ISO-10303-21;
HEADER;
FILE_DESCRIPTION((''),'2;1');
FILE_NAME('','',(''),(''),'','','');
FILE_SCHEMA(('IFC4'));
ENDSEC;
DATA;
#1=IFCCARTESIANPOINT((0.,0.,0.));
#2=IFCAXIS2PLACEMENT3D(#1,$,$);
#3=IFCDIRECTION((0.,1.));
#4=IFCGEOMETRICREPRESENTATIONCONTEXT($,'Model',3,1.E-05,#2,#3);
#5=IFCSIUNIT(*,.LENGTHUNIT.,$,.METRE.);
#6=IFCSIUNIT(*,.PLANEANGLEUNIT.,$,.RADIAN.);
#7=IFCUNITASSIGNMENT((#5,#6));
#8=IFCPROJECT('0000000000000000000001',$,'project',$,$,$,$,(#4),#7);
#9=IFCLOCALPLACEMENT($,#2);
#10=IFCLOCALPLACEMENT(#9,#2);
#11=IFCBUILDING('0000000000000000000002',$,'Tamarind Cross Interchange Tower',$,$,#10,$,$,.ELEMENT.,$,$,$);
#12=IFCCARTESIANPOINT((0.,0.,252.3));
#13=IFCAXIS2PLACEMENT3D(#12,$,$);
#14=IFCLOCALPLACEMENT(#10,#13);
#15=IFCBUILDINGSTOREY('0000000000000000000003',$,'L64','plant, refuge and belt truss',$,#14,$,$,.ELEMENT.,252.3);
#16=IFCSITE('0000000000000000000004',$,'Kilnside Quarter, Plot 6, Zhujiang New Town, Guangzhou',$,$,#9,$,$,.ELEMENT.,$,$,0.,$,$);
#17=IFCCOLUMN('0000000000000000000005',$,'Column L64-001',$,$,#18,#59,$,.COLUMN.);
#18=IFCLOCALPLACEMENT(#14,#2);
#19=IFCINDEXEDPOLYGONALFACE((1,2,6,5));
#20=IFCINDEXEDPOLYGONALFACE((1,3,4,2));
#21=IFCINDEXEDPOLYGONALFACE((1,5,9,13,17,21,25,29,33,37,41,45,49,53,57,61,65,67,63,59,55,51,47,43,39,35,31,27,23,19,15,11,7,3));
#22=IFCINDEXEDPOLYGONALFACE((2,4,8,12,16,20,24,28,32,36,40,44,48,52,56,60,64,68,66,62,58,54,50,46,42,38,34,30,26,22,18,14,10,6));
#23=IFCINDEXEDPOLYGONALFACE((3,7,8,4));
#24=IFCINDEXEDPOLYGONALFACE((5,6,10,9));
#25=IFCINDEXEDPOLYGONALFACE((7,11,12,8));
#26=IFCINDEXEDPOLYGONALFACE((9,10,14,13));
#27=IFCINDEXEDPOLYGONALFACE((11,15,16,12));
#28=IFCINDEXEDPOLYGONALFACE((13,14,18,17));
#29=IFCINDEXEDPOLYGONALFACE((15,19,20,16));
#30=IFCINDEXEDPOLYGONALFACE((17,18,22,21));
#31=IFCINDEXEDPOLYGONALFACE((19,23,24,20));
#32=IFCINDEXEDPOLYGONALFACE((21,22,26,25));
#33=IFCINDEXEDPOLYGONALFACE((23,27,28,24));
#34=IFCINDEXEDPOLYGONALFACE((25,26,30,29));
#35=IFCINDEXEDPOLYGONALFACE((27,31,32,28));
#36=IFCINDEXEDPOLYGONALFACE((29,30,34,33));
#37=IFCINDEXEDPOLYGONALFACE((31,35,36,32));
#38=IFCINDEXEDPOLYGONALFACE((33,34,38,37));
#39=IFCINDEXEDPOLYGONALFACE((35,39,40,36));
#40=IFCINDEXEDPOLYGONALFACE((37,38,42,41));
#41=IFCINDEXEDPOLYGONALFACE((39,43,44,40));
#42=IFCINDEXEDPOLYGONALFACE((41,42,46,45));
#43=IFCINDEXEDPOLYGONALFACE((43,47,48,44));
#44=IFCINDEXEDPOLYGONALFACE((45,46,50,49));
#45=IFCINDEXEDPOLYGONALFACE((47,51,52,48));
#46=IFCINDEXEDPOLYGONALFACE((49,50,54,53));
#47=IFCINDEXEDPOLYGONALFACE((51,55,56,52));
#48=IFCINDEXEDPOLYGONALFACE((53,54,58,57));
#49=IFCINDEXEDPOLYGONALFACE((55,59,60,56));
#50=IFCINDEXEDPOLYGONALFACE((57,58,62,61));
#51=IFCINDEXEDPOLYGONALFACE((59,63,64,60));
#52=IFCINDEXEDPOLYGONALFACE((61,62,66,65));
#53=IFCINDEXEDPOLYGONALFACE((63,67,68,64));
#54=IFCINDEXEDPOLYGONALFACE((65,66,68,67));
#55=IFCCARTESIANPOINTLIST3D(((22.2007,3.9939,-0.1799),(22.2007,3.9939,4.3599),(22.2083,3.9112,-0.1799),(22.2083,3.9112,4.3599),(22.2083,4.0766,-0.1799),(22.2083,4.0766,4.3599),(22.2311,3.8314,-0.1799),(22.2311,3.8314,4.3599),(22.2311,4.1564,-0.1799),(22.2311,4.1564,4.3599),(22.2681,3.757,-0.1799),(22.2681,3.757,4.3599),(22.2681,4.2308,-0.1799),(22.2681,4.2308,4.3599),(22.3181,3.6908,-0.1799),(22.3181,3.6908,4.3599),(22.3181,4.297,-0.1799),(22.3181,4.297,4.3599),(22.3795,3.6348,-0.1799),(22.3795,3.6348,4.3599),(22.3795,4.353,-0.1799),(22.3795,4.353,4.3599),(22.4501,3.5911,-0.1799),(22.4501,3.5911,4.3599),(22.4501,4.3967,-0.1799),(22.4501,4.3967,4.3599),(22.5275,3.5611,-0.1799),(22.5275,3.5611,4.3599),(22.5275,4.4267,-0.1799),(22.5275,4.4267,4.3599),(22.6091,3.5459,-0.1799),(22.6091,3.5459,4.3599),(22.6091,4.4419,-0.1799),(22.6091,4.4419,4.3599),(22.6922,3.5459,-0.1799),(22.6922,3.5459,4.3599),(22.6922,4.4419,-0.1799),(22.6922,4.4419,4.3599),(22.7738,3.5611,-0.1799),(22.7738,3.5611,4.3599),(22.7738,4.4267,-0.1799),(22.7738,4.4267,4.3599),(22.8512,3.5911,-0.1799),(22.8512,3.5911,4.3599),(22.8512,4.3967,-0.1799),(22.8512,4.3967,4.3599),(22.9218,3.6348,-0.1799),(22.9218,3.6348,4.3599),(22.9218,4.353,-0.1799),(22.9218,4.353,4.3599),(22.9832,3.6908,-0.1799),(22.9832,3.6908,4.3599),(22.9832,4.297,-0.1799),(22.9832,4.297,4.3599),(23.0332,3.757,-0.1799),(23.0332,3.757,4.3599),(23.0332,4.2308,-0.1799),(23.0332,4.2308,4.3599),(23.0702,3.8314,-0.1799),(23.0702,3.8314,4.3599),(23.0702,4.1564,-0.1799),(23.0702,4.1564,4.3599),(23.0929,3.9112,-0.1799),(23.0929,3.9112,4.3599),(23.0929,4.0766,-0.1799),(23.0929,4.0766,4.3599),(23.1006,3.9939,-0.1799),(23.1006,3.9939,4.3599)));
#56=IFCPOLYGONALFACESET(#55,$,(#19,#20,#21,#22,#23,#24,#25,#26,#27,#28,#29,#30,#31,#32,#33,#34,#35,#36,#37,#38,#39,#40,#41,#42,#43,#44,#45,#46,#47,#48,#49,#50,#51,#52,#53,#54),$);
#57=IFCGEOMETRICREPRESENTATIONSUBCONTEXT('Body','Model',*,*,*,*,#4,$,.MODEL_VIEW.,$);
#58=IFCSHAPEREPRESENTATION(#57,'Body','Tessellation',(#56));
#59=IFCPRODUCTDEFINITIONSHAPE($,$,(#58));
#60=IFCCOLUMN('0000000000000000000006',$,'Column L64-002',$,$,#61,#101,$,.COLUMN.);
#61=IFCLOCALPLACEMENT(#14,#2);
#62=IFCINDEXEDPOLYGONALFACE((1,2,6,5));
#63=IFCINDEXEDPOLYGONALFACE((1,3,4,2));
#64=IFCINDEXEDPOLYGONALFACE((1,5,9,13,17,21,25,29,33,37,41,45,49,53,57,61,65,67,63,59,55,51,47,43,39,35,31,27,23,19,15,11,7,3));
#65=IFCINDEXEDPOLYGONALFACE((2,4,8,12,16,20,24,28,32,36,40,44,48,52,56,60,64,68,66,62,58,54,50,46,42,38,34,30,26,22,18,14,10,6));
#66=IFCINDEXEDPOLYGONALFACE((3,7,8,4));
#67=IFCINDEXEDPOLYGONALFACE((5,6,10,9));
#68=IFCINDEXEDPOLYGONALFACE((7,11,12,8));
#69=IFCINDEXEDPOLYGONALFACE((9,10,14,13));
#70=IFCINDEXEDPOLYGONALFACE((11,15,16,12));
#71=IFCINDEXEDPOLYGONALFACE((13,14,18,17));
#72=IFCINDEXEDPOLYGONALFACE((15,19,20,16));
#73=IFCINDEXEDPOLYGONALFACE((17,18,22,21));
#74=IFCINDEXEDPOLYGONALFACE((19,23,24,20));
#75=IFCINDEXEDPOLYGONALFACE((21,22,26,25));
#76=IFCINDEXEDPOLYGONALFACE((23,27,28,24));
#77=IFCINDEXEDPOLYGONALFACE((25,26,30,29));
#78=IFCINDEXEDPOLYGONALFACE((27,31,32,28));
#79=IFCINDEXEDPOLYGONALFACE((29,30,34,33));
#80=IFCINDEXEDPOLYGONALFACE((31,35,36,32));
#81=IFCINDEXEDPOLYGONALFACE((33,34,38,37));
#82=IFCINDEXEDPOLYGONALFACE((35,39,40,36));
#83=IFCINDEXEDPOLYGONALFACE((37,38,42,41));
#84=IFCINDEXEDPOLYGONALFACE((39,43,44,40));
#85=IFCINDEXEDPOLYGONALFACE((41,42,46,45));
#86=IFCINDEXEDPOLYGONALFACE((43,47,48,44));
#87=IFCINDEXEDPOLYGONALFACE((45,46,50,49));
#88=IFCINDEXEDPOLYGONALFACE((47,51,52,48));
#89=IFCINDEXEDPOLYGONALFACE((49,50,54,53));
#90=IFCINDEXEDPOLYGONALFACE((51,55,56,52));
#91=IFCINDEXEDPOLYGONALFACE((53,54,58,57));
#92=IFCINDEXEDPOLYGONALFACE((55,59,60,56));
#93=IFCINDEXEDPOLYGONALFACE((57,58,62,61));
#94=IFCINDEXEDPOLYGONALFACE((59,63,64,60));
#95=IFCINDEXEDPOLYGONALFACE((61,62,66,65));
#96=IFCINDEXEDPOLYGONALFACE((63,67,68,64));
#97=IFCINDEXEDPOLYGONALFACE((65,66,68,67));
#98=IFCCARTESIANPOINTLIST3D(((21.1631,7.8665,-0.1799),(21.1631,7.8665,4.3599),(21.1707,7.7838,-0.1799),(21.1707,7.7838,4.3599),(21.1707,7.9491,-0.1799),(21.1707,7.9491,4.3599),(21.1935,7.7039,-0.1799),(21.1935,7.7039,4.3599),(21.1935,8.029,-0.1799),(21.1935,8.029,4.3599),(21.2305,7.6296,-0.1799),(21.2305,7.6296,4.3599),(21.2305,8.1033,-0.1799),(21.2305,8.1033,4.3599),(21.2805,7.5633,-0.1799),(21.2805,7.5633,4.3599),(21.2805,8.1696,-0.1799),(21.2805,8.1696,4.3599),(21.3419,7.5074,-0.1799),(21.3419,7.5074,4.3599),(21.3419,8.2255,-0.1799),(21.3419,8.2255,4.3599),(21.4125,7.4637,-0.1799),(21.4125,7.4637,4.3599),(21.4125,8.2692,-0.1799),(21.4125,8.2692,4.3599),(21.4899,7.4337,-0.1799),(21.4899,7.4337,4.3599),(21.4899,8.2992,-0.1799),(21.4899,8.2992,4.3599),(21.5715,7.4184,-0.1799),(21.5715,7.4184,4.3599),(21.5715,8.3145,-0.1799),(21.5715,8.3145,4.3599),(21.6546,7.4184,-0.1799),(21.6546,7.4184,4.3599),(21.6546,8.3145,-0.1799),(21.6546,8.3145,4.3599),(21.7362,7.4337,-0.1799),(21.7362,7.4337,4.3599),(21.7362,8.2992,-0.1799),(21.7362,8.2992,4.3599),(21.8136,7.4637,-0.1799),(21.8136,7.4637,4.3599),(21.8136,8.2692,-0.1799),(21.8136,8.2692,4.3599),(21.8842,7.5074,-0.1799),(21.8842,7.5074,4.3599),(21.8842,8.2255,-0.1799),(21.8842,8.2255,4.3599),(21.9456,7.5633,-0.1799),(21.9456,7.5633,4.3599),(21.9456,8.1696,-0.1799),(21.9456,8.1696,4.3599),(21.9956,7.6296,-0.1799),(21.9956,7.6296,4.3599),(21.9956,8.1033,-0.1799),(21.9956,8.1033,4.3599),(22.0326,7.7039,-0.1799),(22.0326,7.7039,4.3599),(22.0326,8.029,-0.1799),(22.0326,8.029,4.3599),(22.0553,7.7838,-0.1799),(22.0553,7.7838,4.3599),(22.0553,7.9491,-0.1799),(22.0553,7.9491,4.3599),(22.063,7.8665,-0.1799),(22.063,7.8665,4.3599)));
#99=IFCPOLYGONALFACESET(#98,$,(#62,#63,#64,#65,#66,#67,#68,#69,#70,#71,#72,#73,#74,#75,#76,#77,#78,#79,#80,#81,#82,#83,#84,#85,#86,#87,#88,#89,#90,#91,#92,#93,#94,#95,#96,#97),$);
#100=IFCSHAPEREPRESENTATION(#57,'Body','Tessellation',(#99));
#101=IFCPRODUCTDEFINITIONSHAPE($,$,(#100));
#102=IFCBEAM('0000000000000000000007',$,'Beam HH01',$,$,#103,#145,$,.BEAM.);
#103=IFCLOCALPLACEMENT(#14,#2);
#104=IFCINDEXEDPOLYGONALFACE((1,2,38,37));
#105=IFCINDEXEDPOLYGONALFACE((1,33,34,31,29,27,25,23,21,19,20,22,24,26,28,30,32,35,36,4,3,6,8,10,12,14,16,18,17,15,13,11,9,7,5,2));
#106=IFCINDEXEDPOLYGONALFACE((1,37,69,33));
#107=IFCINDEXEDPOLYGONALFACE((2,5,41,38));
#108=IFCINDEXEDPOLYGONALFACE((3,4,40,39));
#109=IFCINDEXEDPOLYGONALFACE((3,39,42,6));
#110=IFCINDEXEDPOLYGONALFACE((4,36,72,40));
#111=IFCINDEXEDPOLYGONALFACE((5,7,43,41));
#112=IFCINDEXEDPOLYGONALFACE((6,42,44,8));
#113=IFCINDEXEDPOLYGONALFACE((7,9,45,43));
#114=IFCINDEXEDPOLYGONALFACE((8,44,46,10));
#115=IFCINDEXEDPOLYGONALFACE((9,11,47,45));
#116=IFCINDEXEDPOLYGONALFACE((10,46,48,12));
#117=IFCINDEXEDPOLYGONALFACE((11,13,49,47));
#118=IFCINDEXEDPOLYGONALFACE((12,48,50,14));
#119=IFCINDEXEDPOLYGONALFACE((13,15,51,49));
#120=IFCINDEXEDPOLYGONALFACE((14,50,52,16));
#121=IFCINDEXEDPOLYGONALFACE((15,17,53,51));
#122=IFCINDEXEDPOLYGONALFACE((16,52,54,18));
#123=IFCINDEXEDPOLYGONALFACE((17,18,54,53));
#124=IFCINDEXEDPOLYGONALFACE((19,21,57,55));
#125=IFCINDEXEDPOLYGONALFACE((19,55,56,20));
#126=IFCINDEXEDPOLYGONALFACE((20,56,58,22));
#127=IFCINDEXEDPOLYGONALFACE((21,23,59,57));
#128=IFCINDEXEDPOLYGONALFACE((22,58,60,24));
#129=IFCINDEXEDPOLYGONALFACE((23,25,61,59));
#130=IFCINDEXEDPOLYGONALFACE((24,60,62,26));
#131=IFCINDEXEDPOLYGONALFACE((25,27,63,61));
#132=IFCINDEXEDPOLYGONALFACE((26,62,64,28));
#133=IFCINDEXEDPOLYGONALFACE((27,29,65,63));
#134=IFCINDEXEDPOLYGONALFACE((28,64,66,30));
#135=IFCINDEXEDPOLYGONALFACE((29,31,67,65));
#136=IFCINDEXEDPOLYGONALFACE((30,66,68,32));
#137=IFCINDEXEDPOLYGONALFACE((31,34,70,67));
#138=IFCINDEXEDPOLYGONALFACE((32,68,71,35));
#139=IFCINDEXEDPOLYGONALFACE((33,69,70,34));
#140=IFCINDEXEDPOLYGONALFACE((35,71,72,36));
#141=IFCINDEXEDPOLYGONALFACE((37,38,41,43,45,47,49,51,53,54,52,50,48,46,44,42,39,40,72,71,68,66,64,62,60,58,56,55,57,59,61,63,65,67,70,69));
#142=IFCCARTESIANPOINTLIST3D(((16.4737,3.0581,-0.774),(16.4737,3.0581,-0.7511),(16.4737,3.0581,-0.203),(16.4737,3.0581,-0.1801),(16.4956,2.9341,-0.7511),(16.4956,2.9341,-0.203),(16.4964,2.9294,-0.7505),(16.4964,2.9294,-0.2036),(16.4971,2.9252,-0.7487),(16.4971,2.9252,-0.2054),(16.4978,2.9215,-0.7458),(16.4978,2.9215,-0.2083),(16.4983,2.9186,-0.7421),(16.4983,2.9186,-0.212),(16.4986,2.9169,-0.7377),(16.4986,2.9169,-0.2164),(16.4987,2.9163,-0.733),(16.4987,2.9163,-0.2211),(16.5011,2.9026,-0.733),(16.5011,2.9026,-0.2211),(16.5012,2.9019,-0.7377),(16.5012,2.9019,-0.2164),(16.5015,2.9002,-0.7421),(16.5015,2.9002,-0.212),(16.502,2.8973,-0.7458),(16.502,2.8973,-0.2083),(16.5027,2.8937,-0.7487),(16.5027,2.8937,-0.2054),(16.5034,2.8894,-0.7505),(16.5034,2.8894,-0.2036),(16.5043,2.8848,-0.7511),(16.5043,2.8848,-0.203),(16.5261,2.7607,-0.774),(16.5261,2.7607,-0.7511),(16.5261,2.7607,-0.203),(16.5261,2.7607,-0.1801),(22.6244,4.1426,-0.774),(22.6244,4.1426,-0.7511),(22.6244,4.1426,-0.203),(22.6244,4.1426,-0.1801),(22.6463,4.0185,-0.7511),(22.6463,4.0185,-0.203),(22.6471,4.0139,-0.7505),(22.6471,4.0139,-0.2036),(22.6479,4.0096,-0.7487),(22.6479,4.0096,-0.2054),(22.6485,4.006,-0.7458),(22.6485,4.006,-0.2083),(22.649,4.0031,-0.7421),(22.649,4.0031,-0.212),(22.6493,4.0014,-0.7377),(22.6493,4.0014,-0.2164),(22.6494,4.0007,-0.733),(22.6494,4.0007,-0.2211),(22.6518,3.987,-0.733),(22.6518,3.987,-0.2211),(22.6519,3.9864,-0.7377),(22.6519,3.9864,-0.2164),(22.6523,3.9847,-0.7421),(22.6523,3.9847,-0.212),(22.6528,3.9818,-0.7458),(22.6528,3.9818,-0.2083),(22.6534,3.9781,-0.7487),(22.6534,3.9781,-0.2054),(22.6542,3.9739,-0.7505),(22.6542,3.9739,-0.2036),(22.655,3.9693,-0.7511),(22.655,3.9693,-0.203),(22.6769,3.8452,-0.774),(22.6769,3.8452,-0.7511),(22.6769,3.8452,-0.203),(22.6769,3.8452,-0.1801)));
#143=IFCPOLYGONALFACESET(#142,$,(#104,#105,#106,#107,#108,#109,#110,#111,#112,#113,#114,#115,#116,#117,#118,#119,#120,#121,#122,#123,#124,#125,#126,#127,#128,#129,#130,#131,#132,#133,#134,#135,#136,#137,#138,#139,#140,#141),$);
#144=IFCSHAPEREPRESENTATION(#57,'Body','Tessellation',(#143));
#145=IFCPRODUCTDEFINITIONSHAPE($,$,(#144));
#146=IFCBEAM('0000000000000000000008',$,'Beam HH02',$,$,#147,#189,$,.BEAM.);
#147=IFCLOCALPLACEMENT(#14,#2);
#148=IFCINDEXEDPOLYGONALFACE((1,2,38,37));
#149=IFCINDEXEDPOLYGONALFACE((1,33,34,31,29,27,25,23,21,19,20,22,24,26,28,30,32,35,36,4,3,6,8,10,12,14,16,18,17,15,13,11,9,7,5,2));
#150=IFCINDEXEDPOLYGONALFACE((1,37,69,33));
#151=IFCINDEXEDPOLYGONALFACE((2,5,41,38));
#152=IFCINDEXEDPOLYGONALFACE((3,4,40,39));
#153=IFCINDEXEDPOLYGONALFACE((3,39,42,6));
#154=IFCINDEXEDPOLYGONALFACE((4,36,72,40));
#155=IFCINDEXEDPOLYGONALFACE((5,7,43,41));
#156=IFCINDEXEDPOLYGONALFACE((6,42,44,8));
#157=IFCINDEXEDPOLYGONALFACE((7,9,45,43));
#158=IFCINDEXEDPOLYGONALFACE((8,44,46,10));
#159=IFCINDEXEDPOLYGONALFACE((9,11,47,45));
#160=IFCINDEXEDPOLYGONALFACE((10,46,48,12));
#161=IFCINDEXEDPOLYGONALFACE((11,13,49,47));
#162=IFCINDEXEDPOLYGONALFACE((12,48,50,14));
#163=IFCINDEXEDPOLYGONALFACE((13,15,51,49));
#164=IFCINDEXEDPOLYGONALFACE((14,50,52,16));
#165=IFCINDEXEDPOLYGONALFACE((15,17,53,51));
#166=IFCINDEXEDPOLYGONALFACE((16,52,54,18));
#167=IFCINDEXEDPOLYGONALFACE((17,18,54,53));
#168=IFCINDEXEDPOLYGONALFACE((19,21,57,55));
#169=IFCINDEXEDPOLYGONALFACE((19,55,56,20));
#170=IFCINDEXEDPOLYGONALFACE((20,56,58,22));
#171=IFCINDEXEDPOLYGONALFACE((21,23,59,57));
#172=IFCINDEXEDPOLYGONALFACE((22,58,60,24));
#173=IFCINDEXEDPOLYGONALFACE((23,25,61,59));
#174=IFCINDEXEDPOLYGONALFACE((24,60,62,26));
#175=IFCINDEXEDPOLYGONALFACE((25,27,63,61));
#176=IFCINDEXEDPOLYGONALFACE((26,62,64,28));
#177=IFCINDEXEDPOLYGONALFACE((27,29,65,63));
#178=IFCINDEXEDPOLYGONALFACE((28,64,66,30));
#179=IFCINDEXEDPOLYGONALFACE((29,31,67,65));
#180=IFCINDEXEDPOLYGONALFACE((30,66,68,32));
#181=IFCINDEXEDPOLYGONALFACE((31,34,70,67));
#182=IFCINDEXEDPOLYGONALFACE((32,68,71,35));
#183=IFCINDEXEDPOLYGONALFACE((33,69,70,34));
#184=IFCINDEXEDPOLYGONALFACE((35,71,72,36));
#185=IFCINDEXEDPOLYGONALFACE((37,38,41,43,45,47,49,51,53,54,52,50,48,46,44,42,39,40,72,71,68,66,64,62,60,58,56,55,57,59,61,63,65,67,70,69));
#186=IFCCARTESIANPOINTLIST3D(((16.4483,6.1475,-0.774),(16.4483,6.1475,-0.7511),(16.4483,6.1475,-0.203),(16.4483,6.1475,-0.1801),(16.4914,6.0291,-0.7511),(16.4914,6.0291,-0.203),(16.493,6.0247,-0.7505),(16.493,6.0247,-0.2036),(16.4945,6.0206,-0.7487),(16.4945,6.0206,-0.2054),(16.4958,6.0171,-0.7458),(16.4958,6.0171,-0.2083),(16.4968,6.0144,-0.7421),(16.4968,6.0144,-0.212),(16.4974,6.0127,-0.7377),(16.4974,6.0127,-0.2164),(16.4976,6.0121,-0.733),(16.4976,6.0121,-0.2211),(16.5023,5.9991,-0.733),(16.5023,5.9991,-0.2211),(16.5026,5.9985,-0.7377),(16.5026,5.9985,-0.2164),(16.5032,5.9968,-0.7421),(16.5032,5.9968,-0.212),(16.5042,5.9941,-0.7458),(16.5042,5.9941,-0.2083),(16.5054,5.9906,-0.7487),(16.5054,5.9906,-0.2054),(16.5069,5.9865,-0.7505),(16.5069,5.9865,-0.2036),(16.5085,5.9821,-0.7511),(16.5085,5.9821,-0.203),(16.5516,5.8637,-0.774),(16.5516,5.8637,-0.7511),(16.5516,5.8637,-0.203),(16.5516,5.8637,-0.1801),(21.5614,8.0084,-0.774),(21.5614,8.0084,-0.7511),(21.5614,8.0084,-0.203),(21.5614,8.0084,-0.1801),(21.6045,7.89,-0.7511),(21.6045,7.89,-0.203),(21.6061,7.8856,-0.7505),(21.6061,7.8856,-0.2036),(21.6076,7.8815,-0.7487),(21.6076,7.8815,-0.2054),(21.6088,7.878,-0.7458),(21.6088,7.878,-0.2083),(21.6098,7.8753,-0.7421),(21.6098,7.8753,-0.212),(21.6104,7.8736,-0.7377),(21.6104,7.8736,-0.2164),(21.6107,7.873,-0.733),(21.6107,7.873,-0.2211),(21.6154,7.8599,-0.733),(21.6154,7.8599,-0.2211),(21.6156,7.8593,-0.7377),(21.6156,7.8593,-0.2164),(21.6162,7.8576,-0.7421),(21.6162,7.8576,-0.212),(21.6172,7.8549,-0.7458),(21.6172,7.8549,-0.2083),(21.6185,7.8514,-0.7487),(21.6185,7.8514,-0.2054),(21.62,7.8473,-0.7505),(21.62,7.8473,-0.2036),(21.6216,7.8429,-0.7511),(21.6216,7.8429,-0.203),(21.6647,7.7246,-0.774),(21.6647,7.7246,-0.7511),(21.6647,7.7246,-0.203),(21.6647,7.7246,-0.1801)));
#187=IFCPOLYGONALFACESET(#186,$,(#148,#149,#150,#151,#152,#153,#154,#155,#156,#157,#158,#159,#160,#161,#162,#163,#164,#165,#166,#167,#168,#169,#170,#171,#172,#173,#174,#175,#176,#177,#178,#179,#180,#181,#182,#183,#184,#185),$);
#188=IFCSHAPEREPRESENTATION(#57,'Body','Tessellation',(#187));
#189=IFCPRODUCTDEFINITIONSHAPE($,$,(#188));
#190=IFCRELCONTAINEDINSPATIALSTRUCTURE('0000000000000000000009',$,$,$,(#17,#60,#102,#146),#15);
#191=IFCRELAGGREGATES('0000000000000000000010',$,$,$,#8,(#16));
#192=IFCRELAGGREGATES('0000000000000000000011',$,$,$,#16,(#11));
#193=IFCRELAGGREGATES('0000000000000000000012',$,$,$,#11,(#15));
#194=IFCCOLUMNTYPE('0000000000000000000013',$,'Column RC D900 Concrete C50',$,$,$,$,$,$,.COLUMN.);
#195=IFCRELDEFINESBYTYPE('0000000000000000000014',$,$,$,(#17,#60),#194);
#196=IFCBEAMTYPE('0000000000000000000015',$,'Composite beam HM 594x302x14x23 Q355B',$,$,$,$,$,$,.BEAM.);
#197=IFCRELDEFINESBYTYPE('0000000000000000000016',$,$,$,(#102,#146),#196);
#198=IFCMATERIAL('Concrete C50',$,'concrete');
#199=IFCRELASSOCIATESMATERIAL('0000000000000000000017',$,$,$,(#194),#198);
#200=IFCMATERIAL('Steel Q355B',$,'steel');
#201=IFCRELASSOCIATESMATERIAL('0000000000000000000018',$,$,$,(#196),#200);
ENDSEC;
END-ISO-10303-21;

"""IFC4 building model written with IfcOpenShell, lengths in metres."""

from ifc_helpers import new_model, si_unit, direction, frame, origin, origin_2d, place, context, subcontext, project, spatial, circle, i_section, extrude, material, material_profile, profile_set, type_object, element, save


model = new_model("IFC4")

# Units and contexts
model_context = context("Model", 3, precision=1e-05, world=origin(), true_north=direction((0.0, 1.0)))
body_context = subcontext(model_context, "Body", "Model", "MODEL_VIEW")
ifc_project = project(units=[si_unit("LENGTHUNIT", "METRE"), si_unit("PLANEANGLEUNIT", "RADIAN")], contexts=[model_context])

# Site, building, storey
site_placement = place(None, origin())
site = spatial("IfcSite", under=ifc_project, at=site_placement, Name="Kilnside Quarter, Plot 6, Zhujiang New Town, Guangzhou", CompositionType="ELEMENT", RefElevation=0.0)
building_placement = place(site_placement, origin())
building = spatial("IfcBuilding", under=site, at=building_placement, Name="Tamarind Cross Interchange Tower", CompositionType="ELEMENT")
storey_placement = place(building_placement, frame((0.0, 0.0, 252.3)))
storey = spatial("IfcBuildingStorey", under=building, at=storey_placement, Name="L64", Description="plant, refuge and belt truss", CompositionType="ELEMENT", Elevation=252.3)

# Columns
ifc_material_1 = material(Name="Concrete C50", Category="concrete")
ifc_material_profile_1 = material_profile(ifc_material_1, circle(Radius=0.45, at=origin_2d()), Name="RC D900")
ifc_profile_set_1 = profile_set([ifc_material_profile_1], Name="Concrete C50")
column_type = type_object("IfcColumnType", Name="Column RC D900 Concrete C50", PredefinedType="COLUMN", material=ifc_profile_set_1)
for number, where, z_axis, x_axis, name in (
    (1, (22.6506, 3.9939, -0.1799), (0.0, 0.0, 1.0), (1.0, 0.0, 0.0), "Column L64-001"),
    (2, (21.613, 7.8665, -0.1799), (0.0, 0.0, 1.0), (1.0, 0.0, 0.0), "Column L64-002"),
):
    element("IfcColumn", number, at=place(storey_placement, frame(where, z_axis=z_axis, x_axis=x_axis)), inside=storey, type_object=column_type, Name=name, PredefinedType="COLUMN", context=body_context, shape_type="SweptSolid", body=[
        extrude(circle(Radius=0.45, at=origin_2d()), origin(), (0.0, 0.0, 1.0), 4.5398),
    ])

# Beams
ifc_material_2 = material(Name="Steel Q355B", Category="steel")
ifc_material_profile_2 = material_profile(ifc_material_2, i_section(OverallWidth=0.302, OverallDepth=0.594, WebThickness=0.0139, FlangeThickness=0.0229, FilletRadius=0.0181, at=origin_2d()), Name="HM 594x302x14x23")
ifc_profile_set_2 = profile_set([ifc_material_profile_2], Name="Steel Q355B")
beam_type = type_object("IfcBeamType", Name="Composite beam HM 594x302x14x23 Q355B", PredefinedType="BEAM", material=ifc_profile_set_2)
beam_1_placement = place(storey_placement, frame((22.6506, 3.9939, -0.4771), z_axis=(-0.984809, -0.17364, 0.0), x_axis=(0.17364, -0.984809, 0.0)))
element("IfcBeam", 3, at=beam_1_placement, inside=storey, type_object=beam_type, Name="Beam HH01", PredefinedType="BEAM", context=body_context, shape_type="SweptSolid", body=[
    extrude(i_section(OverallWidth=0.302, OverallDepth=0.594, WebThickness=0.0139, FlangeThickness=0.0229, FilletRadius=0.0181, at=origin_2d()), origin(), (0.0, 0.0, 1.0), 6.2456),
])
beam_2_placement = place(storey_placement, frame((21.613, 7.8665, -0.4771), z_axis=(-0.939702, -0.341995, 0.0), x_axis=(0.341995, -0.939702, 0.0)))
element("IfcBeam", 4, at=beam_2_placement, inside=storey, type_object=beam_type, Name="Beam HH02", PredefinedType="BEAM", context=body_context, shape_type="SweptSolid", body=[
    extrude(i_section(OverallWidth=0.302, OverallDepth=0.594, WebThickness=0.0139, FlangeThickness=0.0229, FilletRadius=0.0181, at=origin_2d()), origin(), (0.0, 0.0, 1.0), 5.4412),
])

save(model, "model.ifc")
